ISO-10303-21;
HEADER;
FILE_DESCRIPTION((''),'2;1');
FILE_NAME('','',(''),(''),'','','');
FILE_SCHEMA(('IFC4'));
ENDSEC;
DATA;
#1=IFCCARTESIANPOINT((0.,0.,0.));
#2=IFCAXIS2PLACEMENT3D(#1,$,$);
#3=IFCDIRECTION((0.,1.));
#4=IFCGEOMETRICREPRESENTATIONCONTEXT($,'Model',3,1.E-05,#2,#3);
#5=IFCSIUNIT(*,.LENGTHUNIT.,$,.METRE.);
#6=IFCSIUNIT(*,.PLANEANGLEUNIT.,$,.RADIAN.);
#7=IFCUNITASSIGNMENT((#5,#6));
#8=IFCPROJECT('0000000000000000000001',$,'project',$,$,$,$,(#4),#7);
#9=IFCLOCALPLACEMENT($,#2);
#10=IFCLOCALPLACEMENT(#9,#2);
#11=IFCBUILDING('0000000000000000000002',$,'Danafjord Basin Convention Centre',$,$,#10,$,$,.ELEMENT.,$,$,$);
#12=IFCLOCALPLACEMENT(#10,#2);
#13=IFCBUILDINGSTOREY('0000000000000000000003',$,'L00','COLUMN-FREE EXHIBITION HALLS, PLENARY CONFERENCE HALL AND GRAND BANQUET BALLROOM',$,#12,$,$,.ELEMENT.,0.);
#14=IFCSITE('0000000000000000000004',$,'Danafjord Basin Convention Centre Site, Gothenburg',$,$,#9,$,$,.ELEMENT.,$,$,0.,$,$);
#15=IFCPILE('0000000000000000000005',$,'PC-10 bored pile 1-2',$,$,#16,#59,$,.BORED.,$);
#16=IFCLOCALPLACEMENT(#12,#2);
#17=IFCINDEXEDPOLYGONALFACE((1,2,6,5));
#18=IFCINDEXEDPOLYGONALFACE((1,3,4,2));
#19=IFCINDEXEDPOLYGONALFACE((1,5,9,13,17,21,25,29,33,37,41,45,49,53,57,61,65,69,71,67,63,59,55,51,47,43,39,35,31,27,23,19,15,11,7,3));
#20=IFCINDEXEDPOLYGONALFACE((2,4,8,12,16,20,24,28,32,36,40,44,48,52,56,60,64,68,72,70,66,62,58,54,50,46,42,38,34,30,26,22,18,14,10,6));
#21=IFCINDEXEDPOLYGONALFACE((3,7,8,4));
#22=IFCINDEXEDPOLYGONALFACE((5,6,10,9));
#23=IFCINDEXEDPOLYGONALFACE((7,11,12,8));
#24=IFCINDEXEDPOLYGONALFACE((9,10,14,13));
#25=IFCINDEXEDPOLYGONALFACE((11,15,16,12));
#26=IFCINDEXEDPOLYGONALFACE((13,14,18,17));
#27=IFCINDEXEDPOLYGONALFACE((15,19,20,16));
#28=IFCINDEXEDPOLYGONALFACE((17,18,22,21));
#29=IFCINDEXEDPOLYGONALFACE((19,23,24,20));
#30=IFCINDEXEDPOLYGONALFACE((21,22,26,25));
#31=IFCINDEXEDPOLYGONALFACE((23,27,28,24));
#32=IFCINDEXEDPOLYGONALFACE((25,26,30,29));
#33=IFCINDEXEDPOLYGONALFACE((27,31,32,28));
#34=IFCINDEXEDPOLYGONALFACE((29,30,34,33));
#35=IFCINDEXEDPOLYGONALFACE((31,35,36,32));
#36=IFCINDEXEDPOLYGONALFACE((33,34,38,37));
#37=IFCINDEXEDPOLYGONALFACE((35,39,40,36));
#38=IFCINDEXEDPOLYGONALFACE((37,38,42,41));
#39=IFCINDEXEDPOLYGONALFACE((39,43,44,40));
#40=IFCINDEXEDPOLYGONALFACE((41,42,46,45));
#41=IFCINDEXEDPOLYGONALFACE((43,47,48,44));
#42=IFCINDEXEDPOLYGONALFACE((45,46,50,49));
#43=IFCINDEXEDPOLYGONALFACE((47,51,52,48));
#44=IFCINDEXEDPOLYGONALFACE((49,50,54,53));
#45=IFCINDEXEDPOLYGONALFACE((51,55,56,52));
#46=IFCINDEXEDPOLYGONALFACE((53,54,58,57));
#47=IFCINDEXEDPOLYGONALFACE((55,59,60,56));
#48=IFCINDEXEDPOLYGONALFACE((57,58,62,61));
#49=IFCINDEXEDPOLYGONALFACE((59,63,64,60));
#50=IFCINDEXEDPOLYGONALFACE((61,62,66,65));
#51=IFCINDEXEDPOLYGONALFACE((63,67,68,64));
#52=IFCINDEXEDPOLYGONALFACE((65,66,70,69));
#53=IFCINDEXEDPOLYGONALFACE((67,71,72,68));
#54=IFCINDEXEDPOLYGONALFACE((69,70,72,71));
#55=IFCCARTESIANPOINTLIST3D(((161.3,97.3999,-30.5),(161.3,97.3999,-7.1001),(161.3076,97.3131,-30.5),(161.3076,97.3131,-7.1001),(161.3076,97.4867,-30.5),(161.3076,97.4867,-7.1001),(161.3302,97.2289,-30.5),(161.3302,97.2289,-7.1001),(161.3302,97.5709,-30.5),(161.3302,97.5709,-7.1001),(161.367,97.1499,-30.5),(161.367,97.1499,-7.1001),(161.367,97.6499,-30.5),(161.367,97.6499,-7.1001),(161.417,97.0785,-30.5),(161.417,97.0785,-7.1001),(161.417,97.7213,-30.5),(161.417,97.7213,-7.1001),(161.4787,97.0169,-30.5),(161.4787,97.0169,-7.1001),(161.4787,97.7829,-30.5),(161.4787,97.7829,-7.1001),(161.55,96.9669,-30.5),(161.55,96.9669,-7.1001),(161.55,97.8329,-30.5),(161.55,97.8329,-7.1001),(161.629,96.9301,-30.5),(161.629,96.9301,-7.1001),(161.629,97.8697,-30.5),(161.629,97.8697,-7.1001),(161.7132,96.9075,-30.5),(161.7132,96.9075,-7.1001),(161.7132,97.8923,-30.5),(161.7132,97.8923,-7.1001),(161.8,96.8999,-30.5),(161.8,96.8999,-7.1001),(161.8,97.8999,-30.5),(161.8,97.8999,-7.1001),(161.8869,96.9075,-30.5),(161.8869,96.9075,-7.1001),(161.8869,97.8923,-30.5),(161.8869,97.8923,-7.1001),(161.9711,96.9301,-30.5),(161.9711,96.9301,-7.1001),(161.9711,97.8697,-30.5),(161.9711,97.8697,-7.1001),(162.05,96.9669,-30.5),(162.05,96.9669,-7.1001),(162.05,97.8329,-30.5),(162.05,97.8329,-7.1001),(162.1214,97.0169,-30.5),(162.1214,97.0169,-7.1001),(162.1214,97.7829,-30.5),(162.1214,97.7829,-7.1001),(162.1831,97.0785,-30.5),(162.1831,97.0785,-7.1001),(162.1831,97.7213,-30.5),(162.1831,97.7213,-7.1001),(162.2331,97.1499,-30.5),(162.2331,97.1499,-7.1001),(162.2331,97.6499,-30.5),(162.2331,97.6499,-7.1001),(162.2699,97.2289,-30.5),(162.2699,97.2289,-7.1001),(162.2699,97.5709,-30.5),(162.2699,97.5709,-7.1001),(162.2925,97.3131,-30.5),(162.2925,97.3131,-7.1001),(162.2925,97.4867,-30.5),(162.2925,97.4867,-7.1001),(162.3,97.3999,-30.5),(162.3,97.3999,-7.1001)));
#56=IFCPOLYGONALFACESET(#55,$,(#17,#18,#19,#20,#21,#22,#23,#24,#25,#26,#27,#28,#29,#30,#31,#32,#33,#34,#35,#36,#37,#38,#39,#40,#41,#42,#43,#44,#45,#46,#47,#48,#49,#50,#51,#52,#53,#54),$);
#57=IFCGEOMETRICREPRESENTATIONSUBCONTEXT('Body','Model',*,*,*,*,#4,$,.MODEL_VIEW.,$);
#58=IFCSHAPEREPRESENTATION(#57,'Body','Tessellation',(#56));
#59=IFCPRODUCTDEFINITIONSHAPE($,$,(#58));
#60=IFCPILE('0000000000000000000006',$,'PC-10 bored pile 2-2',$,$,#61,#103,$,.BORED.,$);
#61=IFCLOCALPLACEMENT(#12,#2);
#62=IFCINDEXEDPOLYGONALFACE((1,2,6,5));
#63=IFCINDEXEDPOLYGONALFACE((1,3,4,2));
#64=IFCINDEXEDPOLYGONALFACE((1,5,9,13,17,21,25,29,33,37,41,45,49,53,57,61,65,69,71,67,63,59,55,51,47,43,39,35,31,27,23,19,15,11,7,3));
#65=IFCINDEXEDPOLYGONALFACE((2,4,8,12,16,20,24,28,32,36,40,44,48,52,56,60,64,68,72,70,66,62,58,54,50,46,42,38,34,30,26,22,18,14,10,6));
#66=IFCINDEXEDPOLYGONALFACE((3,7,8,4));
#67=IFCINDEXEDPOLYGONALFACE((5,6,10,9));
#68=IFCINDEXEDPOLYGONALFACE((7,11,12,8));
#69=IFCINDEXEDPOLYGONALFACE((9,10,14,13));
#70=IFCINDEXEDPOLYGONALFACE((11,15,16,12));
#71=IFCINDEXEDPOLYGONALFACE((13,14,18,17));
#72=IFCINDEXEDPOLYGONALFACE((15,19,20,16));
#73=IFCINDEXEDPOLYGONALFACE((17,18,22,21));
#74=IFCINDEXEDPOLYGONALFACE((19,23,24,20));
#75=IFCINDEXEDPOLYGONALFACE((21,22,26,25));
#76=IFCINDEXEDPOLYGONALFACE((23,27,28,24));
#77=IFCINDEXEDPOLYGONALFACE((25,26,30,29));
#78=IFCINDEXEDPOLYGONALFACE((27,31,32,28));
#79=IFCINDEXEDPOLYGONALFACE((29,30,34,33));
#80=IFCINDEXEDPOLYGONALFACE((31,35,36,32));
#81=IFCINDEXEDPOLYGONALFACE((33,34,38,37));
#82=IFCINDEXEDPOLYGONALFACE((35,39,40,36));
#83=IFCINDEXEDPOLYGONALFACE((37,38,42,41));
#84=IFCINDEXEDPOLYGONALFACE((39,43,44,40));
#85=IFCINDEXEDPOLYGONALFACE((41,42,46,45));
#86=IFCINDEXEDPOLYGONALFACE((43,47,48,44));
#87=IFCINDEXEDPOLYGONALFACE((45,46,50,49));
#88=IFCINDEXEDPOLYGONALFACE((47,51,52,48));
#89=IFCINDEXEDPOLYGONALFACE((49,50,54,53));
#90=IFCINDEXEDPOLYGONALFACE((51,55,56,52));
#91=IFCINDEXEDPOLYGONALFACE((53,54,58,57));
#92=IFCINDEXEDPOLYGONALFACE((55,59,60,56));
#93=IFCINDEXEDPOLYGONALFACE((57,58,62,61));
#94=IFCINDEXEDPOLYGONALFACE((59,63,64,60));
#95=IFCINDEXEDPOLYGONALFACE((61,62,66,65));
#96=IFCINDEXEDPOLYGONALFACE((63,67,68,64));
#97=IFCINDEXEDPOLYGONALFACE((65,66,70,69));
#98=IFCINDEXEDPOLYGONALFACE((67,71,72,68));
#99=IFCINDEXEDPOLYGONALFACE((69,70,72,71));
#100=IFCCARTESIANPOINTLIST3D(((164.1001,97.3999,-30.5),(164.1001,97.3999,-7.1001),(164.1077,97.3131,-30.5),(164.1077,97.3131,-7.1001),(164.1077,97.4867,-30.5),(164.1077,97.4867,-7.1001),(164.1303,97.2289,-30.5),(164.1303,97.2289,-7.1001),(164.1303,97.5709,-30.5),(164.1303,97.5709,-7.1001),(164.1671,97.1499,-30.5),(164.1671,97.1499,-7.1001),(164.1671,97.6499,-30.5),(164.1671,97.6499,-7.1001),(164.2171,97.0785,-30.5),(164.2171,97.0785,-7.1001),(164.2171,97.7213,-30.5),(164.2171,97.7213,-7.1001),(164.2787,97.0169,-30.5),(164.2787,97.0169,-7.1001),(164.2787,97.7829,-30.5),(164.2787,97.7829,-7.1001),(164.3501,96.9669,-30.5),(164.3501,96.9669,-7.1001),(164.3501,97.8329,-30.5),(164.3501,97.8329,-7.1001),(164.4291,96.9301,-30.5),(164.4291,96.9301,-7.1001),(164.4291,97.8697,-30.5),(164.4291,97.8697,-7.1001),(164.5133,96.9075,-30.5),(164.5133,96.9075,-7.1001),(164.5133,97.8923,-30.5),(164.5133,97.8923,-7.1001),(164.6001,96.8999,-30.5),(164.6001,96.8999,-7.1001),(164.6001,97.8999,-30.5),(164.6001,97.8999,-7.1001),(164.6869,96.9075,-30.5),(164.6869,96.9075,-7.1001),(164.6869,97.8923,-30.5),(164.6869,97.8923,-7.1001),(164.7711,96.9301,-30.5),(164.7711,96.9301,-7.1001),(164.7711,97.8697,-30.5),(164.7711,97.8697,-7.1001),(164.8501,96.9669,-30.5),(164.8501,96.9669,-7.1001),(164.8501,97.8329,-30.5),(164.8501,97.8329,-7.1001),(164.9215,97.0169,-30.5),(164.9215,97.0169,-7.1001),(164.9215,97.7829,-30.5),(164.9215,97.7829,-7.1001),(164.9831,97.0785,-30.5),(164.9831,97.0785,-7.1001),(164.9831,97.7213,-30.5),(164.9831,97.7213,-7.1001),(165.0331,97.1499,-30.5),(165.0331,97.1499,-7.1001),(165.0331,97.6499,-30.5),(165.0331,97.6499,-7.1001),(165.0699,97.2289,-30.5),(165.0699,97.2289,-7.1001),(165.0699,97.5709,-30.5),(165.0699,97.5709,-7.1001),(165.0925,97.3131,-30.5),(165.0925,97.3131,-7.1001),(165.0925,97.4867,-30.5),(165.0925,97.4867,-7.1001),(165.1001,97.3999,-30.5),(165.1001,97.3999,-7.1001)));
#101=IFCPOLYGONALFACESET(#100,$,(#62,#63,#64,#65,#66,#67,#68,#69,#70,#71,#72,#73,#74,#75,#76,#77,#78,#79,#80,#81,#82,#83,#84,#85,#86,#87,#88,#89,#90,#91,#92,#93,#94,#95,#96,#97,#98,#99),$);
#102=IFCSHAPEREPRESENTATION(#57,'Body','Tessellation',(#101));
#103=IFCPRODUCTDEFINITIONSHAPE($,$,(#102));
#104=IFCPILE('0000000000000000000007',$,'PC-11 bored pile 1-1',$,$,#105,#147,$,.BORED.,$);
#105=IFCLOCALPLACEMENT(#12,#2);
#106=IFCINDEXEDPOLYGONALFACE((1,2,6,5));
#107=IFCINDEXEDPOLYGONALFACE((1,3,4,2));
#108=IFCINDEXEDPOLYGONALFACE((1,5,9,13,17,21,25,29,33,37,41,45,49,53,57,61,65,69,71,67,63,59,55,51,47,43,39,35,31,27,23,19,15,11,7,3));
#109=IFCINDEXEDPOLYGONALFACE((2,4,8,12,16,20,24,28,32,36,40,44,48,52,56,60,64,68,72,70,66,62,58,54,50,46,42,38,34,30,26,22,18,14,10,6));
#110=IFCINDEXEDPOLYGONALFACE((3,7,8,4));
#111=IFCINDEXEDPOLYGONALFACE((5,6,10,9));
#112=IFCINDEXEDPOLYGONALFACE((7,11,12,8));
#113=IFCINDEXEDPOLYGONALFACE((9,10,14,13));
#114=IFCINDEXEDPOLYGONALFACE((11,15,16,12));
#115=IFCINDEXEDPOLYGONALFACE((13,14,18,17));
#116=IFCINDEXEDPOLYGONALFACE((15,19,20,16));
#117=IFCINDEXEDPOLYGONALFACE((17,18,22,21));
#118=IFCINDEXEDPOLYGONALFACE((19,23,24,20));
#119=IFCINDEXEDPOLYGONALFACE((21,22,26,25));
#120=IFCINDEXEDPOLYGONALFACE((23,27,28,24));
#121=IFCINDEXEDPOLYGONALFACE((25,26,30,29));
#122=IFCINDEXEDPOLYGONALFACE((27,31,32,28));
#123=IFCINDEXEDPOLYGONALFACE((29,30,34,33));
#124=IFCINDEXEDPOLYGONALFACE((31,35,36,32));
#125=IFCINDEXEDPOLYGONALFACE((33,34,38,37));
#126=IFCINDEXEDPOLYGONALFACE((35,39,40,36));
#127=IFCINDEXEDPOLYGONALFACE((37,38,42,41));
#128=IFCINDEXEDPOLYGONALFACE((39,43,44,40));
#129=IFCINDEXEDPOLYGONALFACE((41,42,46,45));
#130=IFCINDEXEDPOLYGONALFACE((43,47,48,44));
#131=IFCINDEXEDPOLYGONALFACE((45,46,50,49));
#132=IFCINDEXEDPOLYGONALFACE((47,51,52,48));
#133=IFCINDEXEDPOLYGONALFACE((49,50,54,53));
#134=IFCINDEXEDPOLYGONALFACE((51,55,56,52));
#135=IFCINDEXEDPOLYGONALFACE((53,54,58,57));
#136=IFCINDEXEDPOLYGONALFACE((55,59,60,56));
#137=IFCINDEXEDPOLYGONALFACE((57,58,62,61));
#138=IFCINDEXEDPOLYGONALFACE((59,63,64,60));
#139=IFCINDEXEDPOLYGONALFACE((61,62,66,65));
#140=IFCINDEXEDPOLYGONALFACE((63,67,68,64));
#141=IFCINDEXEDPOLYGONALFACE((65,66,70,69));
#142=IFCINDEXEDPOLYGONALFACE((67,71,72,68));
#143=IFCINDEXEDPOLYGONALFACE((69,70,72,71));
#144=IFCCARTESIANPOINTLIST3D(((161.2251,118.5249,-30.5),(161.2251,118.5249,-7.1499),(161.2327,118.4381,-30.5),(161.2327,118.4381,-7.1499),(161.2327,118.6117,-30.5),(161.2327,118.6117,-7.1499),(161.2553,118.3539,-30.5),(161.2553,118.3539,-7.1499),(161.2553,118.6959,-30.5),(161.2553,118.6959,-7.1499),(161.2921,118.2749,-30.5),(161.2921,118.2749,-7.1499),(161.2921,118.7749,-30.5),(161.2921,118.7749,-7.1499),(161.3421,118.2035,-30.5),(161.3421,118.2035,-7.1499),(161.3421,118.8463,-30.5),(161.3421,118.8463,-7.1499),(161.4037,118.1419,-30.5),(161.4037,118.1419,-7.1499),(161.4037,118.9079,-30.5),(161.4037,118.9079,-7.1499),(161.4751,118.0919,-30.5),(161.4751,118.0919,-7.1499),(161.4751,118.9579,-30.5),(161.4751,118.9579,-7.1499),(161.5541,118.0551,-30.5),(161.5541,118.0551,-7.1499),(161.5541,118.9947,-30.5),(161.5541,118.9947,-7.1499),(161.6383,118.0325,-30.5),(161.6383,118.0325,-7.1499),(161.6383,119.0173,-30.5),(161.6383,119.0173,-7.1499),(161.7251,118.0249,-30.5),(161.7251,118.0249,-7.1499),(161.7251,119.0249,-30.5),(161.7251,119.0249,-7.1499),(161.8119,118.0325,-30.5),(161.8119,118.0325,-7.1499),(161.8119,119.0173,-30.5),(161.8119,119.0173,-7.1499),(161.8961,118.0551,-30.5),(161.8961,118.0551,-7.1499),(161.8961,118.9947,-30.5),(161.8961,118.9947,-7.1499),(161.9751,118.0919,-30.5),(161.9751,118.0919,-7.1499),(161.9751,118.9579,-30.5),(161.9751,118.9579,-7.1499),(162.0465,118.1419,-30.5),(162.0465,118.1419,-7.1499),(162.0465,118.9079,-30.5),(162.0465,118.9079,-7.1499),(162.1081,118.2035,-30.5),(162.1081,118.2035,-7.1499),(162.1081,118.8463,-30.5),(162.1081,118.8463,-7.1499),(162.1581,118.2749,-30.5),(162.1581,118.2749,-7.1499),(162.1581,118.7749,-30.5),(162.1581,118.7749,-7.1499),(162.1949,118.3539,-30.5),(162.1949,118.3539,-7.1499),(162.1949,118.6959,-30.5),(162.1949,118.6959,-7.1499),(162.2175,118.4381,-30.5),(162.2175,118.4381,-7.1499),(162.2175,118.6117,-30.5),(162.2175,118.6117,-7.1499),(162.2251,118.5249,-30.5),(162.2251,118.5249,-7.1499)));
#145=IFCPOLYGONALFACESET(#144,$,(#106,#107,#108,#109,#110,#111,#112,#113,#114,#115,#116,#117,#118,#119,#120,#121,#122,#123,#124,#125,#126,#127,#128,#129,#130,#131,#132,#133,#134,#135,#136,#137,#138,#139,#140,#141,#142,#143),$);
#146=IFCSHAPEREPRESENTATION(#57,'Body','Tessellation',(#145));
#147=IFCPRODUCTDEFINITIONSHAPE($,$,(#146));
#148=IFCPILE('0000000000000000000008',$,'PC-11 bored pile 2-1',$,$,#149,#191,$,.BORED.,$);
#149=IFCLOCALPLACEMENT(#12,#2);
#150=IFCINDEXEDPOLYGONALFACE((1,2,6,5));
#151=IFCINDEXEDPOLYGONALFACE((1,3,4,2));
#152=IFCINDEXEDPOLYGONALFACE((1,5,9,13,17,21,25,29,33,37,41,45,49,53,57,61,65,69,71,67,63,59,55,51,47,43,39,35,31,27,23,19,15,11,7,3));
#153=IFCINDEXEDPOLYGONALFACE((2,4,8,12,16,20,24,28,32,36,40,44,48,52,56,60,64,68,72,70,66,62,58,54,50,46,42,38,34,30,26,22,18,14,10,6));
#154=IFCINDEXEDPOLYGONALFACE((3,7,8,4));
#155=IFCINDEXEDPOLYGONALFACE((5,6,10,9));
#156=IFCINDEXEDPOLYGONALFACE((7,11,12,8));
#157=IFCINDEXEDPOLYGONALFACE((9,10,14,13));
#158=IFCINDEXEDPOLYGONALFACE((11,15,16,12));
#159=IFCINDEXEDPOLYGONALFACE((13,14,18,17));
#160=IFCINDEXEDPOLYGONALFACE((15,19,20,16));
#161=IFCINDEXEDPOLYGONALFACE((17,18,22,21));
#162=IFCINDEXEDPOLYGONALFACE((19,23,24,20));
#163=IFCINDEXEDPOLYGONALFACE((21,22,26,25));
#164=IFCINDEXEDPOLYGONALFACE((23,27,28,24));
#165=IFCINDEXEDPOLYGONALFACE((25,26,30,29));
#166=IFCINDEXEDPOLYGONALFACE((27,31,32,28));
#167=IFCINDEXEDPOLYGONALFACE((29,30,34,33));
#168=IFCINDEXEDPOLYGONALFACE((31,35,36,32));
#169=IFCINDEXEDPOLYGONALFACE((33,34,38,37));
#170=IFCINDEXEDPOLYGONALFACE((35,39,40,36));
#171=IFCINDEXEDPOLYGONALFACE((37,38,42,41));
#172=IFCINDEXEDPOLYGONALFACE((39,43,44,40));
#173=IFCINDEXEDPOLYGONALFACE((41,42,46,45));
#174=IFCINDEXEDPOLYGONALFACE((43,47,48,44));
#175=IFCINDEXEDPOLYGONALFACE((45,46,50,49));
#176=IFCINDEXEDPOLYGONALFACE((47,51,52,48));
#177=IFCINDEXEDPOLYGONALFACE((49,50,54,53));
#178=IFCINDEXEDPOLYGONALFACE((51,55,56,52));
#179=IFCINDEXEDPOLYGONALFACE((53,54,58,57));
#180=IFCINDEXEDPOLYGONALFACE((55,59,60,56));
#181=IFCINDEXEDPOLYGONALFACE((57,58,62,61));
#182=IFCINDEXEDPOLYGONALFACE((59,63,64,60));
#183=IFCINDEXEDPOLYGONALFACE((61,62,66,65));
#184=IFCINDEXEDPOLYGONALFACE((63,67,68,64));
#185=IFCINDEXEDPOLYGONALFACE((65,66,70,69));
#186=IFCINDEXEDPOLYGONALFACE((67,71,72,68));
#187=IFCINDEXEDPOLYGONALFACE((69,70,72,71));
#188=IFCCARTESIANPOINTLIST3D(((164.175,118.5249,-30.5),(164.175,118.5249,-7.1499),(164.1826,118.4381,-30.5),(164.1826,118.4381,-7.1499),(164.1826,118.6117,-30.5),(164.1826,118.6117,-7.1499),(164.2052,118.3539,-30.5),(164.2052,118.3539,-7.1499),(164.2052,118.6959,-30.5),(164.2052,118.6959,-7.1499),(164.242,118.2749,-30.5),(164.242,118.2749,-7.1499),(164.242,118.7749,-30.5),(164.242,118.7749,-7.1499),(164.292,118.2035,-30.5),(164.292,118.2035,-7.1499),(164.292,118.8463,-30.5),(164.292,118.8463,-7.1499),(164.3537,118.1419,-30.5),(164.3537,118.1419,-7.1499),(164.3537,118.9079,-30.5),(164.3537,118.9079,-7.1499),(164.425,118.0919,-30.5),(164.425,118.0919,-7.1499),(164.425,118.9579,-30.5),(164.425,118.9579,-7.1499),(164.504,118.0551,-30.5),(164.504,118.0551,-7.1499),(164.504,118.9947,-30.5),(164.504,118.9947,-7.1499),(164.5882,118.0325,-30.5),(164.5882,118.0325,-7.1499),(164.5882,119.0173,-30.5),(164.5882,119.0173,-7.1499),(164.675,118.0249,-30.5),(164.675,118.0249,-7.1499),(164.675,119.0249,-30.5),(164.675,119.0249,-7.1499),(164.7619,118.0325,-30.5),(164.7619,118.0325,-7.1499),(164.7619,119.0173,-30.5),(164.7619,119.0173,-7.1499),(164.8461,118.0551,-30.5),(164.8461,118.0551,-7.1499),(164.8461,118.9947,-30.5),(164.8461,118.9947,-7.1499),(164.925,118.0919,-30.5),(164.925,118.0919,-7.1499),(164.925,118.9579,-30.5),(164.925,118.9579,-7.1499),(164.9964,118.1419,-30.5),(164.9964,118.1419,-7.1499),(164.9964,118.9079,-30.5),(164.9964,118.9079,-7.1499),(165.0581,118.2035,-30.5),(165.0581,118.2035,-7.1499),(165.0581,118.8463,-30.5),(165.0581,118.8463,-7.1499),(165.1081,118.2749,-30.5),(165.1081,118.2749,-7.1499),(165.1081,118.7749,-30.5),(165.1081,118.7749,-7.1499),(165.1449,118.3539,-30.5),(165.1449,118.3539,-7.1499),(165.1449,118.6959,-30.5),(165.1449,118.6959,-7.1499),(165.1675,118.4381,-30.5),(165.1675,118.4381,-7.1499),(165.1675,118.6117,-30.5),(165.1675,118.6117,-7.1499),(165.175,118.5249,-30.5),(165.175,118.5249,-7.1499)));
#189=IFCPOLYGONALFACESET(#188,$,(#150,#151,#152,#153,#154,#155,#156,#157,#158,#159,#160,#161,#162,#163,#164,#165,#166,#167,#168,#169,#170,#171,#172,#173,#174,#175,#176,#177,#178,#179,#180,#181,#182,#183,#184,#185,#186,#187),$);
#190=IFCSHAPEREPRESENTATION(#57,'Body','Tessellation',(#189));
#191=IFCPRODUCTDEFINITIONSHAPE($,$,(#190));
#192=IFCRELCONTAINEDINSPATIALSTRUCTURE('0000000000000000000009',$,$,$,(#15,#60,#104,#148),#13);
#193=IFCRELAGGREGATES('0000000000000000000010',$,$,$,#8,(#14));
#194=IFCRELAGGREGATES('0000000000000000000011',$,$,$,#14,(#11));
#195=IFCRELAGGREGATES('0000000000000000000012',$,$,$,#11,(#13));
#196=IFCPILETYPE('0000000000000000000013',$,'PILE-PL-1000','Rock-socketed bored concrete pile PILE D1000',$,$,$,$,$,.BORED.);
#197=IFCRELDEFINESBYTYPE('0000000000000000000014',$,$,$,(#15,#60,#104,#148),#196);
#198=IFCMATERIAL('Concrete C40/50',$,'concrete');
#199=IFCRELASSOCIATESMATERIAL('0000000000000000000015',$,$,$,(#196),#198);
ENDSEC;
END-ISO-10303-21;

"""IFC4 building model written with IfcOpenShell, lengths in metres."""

from ifc_helpers import new_model, si_unit, direction, frame, origin, origin_2d, place, context, subcontext, project, spatial, circle, extrude, material, material_profile, profile_set, type_object, element, save


model = new_model("IFC4")

# Units and contexts
model_context = context("Model", 3, precision=1e-05, world=origin(), true_north=direction((0.0, 1.0)))
body_context = subcontext(model_context, "Body", "Model", "MODEL_VIEW")
ifc_project = project(units=[si_unit("LENGTHUNIT", "METRE"), si_unit("PLANEANGLEUNIT", "RADIAN")], contexts=[model_context])

# Site, building, storey
site_placement = place(None, origin())
site = spatial("IfcSite", under=ifc_project, at=site_placement, Name="Danafjord Basin Convention Centre Site, Gothenburg", CompositionType="ELEMENT", RefElevation=0.0)
building_placement = place(site_placement, origin())
building = spatial("IfcBuilding", under=site, at=building_placement, Name="Danafjord Basin Convention Centre", CompositionType="ELEMENT")
storey_placement = place(building_placement, origin())
storey = spatial("IfcBuildingStorey", under=building, at=storey_placement, Name="L00", Description="COLUMN-FREE EXHIBITION HALLS, PLENARY CONFERENCE HALL AND GRAND BANQUET BALLROOM", CompositionType="ELEMENT", Elevation=0.0)

# Shared definitions
ifc_material_1 = material(Name="Concrete C40/50", Category="concrete")

# Piles
ifc_material_profile_1 = material_profile(ifc_material_1, circle(Radius=0.5, at=origin_2d()), Name="PILE D1000")
ifc_profile_set_1 = profile_set([ifc_material_profile_1], Name="Concrete C40/50")
pile_type_1 = type_object("IfcPileType", Name="PILE-PL-1000", Description="Rock-socketed bored concrete pile PILE D1000", PredefinedType="BORED", material=ifc_profile_set_1)
for number, where, z_axis, x_axis, name in (
    (1, (161.8, 97.3999, -7.1001), (0.0, 0.0, -1.0), (1.0, 0.0, 0.0), "PC-10 bored pile 1-2"),
    (2, (164.6001, 97.3999, -7.1001), (0.0, 0.0, -1.0), (1.0, 0.0, 0.0), "PC-10 bored pile 2-2"),
):
    element("IfcPile", number, at=place(storey_placement, frame(where, z_axis=z_axis, x_axis=x_axis)), inside=storey, type_object=pile_type_1, Name=name, PredefinedType="BORED", context=body_context, shape_type="SweptSolid", body=[
        extrude(circle(Radius=0.5, at=origin_2d()), origin(), (0.0, 0.0, 1.0), 23.3999),
    ])
for number, where, z_axis, x_axis, name in (
    (3, (161.7251, 118.5249, -7.1499), (0.0, 0.0, -1.0), (1.0, 0.0, 0.0), "PC-11 bored pile 1-1"),
    (4, (164.675, 118.5249, -7.1499), (0.0, 0.0, -1.0), (1.0, 0.0, 0.0), "PC-11 bored pile 2-1"),
):
    element("IfcPile", number, at=place(storey_placement, frame(where, z_axis=z_axis, x_axis=x_axis)), inside=storey, type_object=pile_type_1, Name=name, PredefinedType="BORED", context=body_context, shape_type="SweptSolid", body=[
        extrude(circle(Radius=0.5, at=origin_2d()), origin(), (0.0, 0.0, 1.0), 23.3501),
    ])

save(model, "model.ifc")
